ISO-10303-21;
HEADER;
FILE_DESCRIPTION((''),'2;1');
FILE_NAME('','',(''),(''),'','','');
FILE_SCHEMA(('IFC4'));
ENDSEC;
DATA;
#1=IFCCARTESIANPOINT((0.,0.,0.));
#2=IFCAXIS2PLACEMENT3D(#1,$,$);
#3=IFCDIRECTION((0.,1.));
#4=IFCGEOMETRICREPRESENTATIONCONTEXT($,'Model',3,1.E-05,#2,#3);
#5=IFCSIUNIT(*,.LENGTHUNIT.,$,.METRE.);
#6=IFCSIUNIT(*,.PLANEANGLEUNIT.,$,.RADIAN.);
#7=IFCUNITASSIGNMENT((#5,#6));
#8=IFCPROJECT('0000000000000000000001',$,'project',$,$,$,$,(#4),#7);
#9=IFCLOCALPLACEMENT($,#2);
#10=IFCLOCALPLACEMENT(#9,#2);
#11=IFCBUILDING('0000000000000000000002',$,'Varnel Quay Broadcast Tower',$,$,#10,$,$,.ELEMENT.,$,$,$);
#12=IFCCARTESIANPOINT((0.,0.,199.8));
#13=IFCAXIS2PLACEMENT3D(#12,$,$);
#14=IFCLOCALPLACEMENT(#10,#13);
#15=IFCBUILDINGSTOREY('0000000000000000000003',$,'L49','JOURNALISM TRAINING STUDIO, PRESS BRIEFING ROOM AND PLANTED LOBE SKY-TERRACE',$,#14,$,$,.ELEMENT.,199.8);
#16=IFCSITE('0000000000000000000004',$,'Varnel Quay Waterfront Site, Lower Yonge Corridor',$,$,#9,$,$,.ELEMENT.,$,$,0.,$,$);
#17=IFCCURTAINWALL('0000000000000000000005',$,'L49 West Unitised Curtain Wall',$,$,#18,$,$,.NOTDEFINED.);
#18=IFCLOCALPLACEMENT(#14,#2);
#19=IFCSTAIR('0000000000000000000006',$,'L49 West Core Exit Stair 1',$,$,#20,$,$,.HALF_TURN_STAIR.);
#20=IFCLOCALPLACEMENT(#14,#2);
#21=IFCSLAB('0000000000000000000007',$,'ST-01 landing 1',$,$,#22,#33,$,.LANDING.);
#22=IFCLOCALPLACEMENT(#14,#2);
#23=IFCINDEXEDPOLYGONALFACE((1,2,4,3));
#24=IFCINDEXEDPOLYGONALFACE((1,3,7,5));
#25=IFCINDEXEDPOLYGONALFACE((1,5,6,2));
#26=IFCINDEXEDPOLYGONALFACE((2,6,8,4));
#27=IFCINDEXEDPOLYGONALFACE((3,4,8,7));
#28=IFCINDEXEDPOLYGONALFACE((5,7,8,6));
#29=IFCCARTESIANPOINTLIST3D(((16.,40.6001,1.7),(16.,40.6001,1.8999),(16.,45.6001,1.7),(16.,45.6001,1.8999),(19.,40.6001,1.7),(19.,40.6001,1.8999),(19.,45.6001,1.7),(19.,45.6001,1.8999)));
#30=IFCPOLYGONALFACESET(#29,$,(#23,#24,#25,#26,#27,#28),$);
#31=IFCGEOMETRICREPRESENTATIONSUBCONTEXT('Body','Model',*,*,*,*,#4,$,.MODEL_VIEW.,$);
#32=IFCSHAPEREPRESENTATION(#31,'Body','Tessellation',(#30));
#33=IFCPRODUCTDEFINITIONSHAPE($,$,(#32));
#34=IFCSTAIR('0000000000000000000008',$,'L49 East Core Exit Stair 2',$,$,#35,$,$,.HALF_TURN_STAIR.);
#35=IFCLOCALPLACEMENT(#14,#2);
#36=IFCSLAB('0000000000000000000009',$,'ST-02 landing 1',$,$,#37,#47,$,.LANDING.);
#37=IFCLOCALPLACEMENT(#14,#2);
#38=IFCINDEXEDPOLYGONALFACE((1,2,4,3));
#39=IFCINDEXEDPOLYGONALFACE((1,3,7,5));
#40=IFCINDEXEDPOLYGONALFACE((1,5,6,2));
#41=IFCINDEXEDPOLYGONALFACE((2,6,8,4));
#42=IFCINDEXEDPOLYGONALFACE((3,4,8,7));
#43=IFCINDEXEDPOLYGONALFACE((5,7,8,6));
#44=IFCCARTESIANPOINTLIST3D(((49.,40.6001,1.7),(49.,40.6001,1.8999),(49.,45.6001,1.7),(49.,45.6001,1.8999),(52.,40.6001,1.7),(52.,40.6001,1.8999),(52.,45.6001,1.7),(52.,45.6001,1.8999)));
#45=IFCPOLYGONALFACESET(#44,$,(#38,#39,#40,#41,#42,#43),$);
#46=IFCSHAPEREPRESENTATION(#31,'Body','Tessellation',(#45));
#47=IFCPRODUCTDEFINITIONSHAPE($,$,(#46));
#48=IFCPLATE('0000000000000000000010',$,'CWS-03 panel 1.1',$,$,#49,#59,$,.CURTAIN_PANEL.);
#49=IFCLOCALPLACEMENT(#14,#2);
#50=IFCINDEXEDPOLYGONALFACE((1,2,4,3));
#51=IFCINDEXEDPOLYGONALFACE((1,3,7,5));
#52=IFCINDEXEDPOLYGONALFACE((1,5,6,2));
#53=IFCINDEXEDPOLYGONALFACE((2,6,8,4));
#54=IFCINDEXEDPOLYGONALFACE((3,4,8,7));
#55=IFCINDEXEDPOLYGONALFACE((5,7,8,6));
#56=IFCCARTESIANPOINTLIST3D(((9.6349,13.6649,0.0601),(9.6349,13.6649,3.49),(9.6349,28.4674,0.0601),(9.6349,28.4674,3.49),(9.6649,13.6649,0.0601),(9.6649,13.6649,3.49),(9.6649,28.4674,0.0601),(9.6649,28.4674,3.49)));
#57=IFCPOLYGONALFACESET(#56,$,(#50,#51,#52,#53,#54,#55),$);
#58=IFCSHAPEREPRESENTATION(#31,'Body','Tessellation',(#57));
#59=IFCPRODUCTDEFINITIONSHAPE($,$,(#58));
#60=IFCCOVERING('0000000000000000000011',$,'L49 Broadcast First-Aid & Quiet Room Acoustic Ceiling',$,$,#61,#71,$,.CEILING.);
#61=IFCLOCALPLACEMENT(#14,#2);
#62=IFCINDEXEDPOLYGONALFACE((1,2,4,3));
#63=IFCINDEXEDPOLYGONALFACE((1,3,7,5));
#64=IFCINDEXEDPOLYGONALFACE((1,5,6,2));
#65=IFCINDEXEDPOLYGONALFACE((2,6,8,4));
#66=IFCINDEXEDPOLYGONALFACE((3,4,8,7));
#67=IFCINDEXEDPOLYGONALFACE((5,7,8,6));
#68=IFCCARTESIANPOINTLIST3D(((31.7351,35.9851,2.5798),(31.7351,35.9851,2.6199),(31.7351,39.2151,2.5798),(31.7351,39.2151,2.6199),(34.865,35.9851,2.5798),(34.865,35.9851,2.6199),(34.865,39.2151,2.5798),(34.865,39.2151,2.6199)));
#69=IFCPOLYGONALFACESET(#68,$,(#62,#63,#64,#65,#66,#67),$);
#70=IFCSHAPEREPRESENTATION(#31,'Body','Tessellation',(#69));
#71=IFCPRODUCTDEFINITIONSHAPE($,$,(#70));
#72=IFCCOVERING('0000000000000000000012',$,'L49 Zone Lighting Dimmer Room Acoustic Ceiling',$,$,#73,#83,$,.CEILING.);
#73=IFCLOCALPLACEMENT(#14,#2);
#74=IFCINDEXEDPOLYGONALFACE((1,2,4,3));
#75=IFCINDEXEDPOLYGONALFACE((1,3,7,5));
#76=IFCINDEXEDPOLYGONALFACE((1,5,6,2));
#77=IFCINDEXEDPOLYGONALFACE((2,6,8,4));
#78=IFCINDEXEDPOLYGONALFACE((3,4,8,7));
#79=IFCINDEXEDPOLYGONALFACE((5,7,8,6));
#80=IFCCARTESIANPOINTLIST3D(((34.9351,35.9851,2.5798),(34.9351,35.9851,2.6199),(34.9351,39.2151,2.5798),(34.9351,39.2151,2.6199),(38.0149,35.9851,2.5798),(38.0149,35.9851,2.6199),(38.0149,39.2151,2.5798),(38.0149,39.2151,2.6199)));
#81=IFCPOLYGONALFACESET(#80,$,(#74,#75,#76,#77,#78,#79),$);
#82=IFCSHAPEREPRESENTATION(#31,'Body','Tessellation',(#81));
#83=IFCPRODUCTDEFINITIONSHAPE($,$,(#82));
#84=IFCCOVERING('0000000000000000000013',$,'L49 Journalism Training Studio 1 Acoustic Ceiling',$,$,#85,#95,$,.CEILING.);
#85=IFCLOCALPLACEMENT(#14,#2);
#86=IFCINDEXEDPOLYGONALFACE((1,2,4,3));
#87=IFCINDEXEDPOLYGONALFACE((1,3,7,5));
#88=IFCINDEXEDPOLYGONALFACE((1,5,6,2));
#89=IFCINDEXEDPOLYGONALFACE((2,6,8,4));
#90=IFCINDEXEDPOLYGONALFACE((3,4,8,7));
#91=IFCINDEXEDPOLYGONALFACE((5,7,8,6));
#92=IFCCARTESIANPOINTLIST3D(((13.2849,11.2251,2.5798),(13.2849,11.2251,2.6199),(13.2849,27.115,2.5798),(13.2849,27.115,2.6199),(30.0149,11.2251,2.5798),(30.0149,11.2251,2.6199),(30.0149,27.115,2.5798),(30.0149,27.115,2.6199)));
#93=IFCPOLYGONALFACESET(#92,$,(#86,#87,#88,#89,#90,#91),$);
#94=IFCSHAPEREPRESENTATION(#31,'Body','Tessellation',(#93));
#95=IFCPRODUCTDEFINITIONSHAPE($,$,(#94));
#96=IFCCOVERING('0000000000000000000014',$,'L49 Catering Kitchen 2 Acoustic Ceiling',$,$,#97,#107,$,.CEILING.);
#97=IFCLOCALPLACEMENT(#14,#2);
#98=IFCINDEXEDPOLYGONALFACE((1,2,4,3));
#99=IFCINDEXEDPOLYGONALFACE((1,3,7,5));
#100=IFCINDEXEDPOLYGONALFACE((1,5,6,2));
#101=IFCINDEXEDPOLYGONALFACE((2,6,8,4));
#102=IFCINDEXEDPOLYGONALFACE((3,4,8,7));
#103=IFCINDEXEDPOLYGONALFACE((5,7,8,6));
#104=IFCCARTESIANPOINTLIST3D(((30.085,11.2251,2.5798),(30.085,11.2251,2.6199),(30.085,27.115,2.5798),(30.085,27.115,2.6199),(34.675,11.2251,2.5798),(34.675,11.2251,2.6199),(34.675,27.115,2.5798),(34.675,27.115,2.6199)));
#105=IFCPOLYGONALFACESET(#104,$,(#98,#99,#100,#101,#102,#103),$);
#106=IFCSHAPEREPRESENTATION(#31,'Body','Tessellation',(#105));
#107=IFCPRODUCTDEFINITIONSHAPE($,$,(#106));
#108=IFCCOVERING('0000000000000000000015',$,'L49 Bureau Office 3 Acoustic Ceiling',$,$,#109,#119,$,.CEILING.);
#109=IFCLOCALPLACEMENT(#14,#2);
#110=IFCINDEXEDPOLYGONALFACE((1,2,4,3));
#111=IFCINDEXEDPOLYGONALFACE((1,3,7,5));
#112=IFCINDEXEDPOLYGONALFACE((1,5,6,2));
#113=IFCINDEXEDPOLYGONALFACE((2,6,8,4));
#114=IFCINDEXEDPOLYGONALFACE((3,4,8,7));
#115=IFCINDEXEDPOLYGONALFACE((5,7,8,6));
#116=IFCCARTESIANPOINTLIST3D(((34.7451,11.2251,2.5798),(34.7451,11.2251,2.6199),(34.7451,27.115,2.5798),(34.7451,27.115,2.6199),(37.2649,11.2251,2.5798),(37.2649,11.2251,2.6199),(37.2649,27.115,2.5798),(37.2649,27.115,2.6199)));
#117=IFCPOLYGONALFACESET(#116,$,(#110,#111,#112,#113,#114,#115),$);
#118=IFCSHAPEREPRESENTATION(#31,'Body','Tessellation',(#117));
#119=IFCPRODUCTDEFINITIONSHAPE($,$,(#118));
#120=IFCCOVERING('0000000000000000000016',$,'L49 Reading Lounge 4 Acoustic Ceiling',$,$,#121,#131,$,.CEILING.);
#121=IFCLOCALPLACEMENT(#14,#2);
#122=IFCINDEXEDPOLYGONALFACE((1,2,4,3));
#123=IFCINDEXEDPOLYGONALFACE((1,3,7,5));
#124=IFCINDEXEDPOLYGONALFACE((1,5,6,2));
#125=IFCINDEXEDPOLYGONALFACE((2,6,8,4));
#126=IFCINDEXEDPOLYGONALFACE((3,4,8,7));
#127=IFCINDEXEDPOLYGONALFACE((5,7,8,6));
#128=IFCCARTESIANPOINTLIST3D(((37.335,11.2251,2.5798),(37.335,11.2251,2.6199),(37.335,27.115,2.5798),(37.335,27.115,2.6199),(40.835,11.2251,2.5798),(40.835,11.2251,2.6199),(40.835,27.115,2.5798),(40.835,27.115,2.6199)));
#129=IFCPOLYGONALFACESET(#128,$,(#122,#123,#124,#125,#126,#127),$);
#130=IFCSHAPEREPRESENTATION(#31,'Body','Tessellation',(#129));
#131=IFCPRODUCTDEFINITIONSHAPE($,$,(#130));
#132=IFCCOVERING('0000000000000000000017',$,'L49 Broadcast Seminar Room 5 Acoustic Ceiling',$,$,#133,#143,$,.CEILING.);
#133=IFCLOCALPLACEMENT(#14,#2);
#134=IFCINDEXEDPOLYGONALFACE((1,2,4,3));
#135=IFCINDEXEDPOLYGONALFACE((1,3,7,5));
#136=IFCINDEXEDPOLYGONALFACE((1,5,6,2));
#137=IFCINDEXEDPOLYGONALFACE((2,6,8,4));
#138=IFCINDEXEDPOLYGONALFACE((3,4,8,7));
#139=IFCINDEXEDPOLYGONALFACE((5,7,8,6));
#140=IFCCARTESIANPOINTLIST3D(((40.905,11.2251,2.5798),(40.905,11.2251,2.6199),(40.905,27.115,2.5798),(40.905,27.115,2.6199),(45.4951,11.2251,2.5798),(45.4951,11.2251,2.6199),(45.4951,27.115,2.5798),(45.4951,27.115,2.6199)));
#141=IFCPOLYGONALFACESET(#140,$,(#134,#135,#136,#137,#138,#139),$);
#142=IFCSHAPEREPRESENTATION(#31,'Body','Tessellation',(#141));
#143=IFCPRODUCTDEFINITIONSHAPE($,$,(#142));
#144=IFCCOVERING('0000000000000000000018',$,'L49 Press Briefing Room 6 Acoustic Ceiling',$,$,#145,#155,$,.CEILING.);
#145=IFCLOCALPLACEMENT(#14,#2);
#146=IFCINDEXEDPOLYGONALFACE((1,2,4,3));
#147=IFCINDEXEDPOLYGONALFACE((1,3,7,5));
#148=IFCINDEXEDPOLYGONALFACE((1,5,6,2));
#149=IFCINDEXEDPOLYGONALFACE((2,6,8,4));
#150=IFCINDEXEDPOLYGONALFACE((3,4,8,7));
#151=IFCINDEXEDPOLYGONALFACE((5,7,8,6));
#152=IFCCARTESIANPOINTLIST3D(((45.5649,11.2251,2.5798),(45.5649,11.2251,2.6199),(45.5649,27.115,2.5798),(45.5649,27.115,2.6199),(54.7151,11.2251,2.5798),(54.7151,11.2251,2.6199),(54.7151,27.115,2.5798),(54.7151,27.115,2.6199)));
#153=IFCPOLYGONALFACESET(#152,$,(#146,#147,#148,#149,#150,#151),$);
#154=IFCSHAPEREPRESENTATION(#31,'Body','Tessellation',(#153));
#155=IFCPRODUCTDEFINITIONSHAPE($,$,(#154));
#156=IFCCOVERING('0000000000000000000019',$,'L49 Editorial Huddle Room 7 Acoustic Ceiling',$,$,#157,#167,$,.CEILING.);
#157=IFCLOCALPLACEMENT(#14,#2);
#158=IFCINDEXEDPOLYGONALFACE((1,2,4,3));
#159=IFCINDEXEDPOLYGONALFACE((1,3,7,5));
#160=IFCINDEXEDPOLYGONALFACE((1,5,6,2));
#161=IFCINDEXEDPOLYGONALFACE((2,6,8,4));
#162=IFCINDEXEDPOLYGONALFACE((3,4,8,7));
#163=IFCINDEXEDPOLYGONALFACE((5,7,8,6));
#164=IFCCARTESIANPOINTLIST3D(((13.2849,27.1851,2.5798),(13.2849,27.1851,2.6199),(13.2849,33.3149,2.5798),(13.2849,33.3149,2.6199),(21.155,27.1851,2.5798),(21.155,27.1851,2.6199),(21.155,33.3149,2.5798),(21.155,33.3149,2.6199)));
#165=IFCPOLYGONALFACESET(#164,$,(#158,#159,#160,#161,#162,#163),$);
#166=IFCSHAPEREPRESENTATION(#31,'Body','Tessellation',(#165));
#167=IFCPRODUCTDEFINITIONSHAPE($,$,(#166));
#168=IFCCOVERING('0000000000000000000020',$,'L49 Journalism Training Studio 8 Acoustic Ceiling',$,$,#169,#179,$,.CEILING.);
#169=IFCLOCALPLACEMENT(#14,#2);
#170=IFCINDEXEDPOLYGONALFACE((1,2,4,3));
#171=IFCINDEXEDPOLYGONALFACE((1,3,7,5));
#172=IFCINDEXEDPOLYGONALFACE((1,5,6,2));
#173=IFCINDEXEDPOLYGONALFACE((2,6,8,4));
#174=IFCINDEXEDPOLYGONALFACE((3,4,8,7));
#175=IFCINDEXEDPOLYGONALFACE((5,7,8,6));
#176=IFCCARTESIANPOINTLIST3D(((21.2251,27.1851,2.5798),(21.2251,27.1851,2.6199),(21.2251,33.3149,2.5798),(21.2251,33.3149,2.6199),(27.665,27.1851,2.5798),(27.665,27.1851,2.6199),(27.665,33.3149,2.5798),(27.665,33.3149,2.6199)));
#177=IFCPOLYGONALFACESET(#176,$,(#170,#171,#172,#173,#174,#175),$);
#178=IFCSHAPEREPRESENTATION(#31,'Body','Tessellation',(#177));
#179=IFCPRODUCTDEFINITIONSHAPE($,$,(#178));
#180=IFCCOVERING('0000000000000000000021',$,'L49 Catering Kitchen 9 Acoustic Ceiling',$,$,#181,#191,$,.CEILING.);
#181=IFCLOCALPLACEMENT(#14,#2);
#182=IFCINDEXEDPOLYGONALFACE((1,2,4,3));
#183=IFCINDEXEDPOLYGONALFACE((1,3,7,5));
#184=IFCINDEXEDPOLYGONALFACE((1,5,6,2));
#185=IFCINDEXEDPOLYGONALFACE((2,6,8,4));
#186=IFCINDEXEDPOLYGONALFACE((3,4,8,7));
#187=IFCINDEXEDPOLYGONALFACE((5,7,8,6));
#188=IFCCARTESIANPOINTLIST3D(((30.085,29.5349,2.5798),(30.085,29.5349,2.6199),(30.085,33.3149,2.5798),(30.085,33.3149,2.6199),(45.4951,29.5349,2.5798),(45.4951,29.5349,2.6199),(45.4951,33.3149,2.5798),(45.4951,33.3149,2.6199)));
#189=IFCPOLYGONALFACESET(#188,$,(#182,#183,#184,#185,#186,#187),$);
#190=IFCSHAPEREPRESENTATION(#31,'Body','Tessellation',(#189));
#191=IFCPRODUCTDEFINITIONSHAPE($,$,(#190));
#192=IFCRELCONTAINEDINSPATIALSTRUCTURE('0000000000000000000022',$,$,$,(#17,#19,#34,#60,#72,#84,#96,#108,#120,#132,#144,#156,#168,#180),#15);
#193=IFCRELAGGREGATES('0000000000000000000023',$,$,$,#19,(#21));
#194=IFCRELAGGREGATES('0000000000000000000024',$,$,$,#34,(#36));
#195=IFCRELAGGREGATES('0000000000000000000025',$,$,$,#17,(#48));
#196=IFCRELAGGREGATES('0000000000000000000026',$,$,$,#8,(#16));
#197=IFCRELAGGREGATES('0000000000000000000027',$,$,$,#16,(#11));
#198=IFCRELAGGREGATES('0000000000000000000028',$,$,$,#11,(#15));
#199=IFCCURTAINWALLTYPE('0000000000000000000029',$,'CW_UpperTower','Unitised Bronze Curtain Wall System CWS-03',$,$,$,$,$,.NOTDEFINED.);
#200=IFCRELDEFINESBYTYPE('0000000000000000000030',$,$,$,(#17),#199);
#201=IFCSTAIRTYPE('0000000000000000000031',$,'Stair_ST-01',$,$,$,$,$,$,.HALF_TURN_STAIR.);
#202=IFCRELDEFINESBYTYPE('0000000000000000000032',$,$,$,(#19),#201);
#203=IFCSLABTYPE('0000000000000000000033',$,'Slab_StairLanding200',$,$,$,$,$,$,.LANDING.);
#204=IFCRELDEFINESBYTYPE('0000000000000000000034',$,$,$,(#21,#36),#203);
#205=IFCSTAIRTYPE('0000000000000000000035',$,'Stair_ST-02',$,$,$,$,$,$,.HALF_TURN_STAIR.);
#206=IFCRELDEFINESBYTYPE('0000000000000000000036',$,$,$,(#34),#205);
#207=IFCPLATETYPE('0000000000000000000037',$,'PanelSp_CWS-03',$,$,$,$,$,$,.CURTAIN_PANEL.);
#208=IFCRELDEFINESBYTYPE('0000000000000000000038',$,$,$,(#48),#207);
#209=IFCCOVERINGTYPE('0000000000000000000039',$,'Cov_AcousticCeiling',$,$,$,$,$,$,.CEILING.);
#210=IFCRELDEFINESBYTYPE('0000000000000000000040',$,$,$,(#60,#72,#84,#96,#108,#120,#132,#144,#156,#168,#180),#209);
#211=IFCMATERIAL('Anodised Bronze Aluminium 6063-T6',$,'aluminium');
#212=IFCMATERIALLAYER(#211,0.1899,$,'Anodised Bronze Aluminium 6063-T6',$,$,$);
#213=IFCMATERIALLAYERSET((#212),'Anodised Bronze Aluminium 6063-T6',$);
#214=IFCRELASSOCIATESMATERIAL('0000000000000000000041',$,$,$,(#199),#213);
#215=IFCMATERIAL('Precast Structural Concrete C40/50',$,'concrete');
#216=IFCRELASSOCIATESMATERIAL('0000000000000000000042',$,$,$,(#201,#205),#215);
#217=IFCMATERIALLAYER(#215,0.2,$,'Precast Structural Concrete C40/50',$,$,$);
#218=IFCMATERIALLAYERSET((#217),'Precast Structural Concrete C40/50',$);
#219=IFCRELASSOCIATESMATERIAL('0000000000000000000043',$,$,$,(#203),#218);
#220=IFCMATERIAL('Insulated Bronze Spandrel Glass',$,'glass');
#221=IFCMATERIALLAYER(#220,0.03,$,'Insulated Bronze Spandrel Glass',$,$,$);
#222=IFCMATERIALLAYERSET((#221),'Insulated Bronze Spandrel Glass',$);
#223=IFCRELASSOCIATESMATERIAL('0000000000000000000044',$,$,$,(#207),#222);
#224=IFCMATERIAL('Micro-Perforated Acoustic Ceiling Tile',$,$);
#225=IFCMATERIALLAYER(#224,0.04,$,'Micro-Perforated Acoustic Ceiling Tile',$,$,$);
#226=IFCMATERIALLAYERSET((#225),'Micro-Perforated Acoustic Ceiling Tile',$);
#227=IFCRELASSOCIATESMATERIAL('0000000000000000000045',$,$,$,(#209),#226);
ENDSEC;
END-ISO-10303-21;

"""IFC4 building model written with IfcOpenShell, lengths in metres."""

from ifc_helpers import new_model, si_unit, direction, frame, origin, origin_2d, place, context, subcontext, project, spatial, polyline, rectangle, outline, extrude, source, transform, mapped, material, layer, layer_set, type_object, type_shapes, element, aggregate, save


model = new_model("IFC4")

# Units and contexts
model_context = context("Model", 3, precision=1e-05, world=origin(), true_north=direction((0.0, 1.0)))
body_context = subcontext(model_context, "Body", "Model", "MODEL_VIEW")
ifc_project = project(units=[si_unit("LENGTHUNIT", "METRE"), si_unit("PLANEANGLEUNIT", "RADIAN")], contexts=[model_context])

# Site, building, storey
site_placement = place(None, origin())
site = spatial("IfcSite", under=ifc_project, at=site_placement, Name="Varnel Quay Waterfront Site, Lower Yonge Corridor", CompositionType="ELEMENT", RefElevation=0.0)
building_placement = place(site_placement, origin())
building = spatial("IfcBuilding", under=site, at=building_placement, Name="Varnel Quay Broadcast Tower", CompositionType="ELEMENT")
storey_placement = place(building_placement, frame((0.0, 0.0, 199.8)))
storey = spatial("IfcBuildingStorey", under=building, at=storey_placement, Name="L49", Description="JOURNALISM TRAINING STUDIO, PRESS BRIEFING ROOM AND PLANTED LOBE SKY-TERRACE", CompositionType="ELEMENT", Elevation=199.8)

# Shared definitions
ifc_material_1 = material(Name="Anodised Bronze Aluminium 6063-T6", Category="aluminium")

# Curtain wall
ifc_layer_1 = layer(ifc_material_1, 0.1899, Name="Anodised Bronze Aluminium 6063-T6")
ifc_layer_set_1 = layer_set([ifc_layer_1], Name="Anodised Bronze Aluminium 6063-T6")
curtain_wall_type_1 = type_object("IfcCurtainWallType", Name="CW_UpperTower", Description="Unitised Bronze Curtain Wall System CWS-03", PredefinedType="NOTDEFINED", material=ifc_layer_set_1)
curtain_wall_1_placement = place(storey_placement, origin())
curtain_wall_1 = element("IfcCurtainWall", 1, at=curtain_wall_1_placement, inside=storey, type_object=curtain_wall_type_1, Name="L49 West Unitised Curtain Wall", PredefinedType="NOTDEFINED")

# Stairs, slabs
ifc_material_2 = material(Name="Precast Structural Concrete C40/50", Category="concrete")
stair_type_1 = type_object("IfcStairType", Name="Stair_ST-01", PredefinedType="HALF_TURN_STAIR", material=ifc_material_2)
stair_1_placement = place(storey_placement, origin())
stair_1 = element("IfcStair", 2, at=stair_1_placement, inside=storey, type_object=stair_type_1, Name="L49 West Core Exit Stair 1", PredefinedType="HALF_TURN_STAIR")
ifc_layer_2 = layer(ifc_material_2, 0.2, Name="Precast Structural Concrete C40/50")
ifc_layer_set_2 = layer_set([ifc_layer_2], Name="Precast Structural Concrete C40/50")
slab_type_1 = type_object("IfcSlabType", Name="Slab_StairLanding200", PredefinedType="LANDING", material=ifc_layer_set_2)
slab_1_placement = place(storey_placement, frame((0.0, 0.0, 1.7)))
slab_1 = element("IfcSlab", 3, at=slab_1_placement, type_object=slab_type_1, Name="ST-01 landing 1", PredefinedType="LANDING", context=body_context, shape_type="SweptSolid", body=[
    extrude(outline(polyline([(19.0, 40.6001), (19.0, 45.6001), (16.0, 45.6001), (16.0, 40.6001), (19.0, 40.6001)])), origin(), (0.0, 0.0, 1.0), 0.2),
])
aggregate(stair_1, [slab_1])
stair_type_2 = type_object("IfcStairType", Name="Stair_ST-02", PredefinedType="HALF_TURN_STAIR", material=ifc_material_2)
stair_2_placement = place(storey_placement, origin())
stair_2 = element("IfcStair", 4, at=stair_2_placement, inside=storey, type_object=stair_type_2, Name="L49 East Core Exit Stair 2", PredefinedType="HALF_TURN_STAIR")
slab_2_placement = place(storey_placement, frame((0.0, 0.0, 1.7)))
slab_2 = element("IfcSlab", 5, at=slab_2_placement, type_object=slab_type_1, Name="ST-02 landing 1", PredefinedType="LANDING", context=body_context, shape_type="SweptSolid", body=[
    extrude(outline(polyline([(52.0, 40.6001), (52.0, 45.6001), (49.0, 45.6001), (49.0, 40.6001), (52.0, 40.6001)])), origin(), (0.0, 0.0, 1.0), 0.2),
])
aggregate(stair_2, [slab_2])

# Plate
ifc_material_3 = material(Name="Insulated Bronze Spandrel Glass", Category="glass")
ifc_layer_3 = layer(ifc_material_3, 0.03, Name="Insulated Bronze Spandrel Glass")
ifc_layer_set_3 = layer_set([ifc_layer_3], Name="Insulated Bronze Spandrel Glass")
plate_type = type_object("IfcPlateType", Name="PanelSp_CWS-03", PredefinedType="CURTAIN_PANEL", material=ifc_layer_set_3)
shared_shape_1 = source(origin(), body_context, "Body", "SweptSolid", [
    extrude(rectangle(XDim=14.8025, YDim=0.03, at=origin_2d()), origin(), (0.0, 0.0, 1.0), 3.4299),
])
type_shapes(plate_type, [shared_shape_1])
plate_placement = place(storey_placement, frame((9.6499, 21.0662, 0.0601), z_axis=(0.0, 0.0, 1.0), x_axis=(0.0, 1.0, 0.0)))
plate = element("IfcPlate", 6, at=plate_placement, type_object=plate_type, Name="CWS-03 panel 1.1", PredefinedType="CURTAIN_PANEL", context=body_context, shape_type="MappedRepresentation", body=[
    mapped(shared_shape_1, transform((0.0, 0.0, 0.0), x_axis=(1.0, 0.0, 0.0), y_axis=(0.0, 1.0, 0.0), z_axis=(0.0, 0.0, 1.0), scale=1.0)),
])
aggregate(curtain_wall_1, [plate])

# Coverings
ifc_material_4 = material(Name="Micro-Perforated Acoustic Ceiling Tile")
ifc_layer_4 = layer(ifc_material_4, 0.04, Name="Micro-Perforated Acoustic Ceiling Tile")
ifc_layer_set_4 = layer_set([ifc_layer_4], Name="Micro-Perforated Acoustic Ceiling Tile")
covering_type_1 = type_object("IfcCoveringType", Name="Cov_AcousticCeiling", PredefinedType="CEILING", material=ifc_layer_set_4)
covering_1_placement = place(storey_placement, frame((0.0, 0.0, 2.5798)))
element("IfcCovering", 7, at=covering_1_placement, inside=storey, type_object=covering_type_1, Name="L49 Broadcast First-Aid & Quiet Room Acoustic Ceiling", PredefinedType="CEILING", context=body_context, shape_type="SweptSolid", body=[
    extrude(outline(polyline([(31.7351, 35.9851), (34.865, 35.9851), (34.865, 39.2151), (31.7351, 39.2151), (31.7351, 35.9851)])), origin(), (0.0, 0.0, 1.0), 0.04),
])
covering_2_placement = place(storey_placement, frame((0.0, 0.0, 2.5798)))
element("IfcCovering", 8, at=covering_2_placement, inside=storey, type_object=covering_type_1, Name="L49 Zone Lighting Dimmer Room Acoustic Ceiling", PredefinedType="CEILING", context=body_context, shape_type="SweptSolid", body=[
    extrude(outline(polyline([(34.9351, 35.9851), (38.0149, 35.9851), (38.0149, 39.2151), (34.9351, 39.2151), (34.9351, 35.9851)])), origin(), (0.0, 0.0, 1.0), 0.04),
])
covering_3_placement = place(storey_placement, frame((0.0, 0.0, 2.5798)))
element("IfcCovering", 9, at=covering_3_placement, inside=storey, type_object=covering_type_1, Name="L49 Journalism Training Studio 1 Acoustic Ceiling", PredefinedType="CEILING", context=body_context, shape_type="SweptSolid", body=[
    extrude(outline(polyline([(13.2849, 11.2251), (30.0149, 11.2251), (30.0149, 27.115), (13.2849, 27.115), (13.2849, 11.2251)])), origin(), (0.0, 0.0, 1.0), 0.04),
])
covering_4_placement = place(storey_placement, frame((0.0, 0.0, 2.5798)))
element("IfcCovering", 10, at=covering_4_placement, inside=storey, type_object=covering_type_1, Name="L49 Catering Kitchen 2 Acoustic Ceiling", PredefinedType="CEILING", context=body_context, shape_type="SweptSolid", body=[
    extrude(outline(polyline([(30.085, 11.2251), (34.675, 11.2251), (34.675, 27.115), (30.085, 27.115), (30.085, 11.2251)])), origin(), (0.0, 0.0, 1.0), 0.04),
])
covering_5_placement = place(storey_placement, frame((0.0, 0.0, 2.5798)))
element("IfcCovering", 11, at=covering_5_placement, inside=storey, type_object=covering_type_1, Name="L49 Bureau Office 3 Acoustic Ceiling", PredefinedType="CEILING", context=body_context, shape_type="SweptSolid", body=[
    extrude(outline(polyline([(34.7451, 11.2251), (37.2649, 11.2251), (37.2649, 27.115), (34.7451, 27.115), (34.7451, 11.2251)])), origin(), (0.0, 0.0, 1.0), 0.04),
])
covering_6_placement = place(storey_placement, frame((0.0, 0.0, 2.5798)))
element("IfcCovering", 12, at=covering_6_placement, inside=storey, type_object=covering_type_1, Name="L49 Reading Lounge 4 Acoustic Ceiling", PredefinedType="CEILING", context=body_context, shape_type="SweptSolid", body=[
    extrude(outline(polyline([(37.335, 11.2251), (40.835, 11.2251), (40.835, 27.115), (37.335, 27.115), (37.335, 11.2251)])), origin(), (0.0, 0.0, 1.0), 0.04),
])
covering_7_placement = place(storey_placement, frame((0.0, 0.0, 2.5798)))
element("IfcCovering", 13, at=covering_7_placement, inside=storey, type_object=covering_type_1, Name="L49 Broadcast Seminar Room 5 Acoustic Ceiling", PredefinedType="CEILING", context=body_context, shape_type="SweptSolid", body=[
    extrude(outline(polyline([(40.905, 11.2251), (45.4951, 11.2251), (45.4951, 27.115), (40.905, 27.115), (40.905, 11.2251)])), origin(), (0.0, 0.0, 1.0), 0.04),
])
covering_8_placement = place(storey_placement, frame((0.0, 0.0, 2.5798)))
element("IfcCovering", 14, at=covering_8_placement, inside=storey, type_object=covering_type_1, Name="L49 Press Briefing Room 6 Acoustic Ceiling", PredefinedType="CEILING", context=body_context, shape_type="SweptSolid", body=[
    extrude(outline(polyline([(45.5649, 11.2251), (54.7151, 11.2251), (54.7151, 27.115), (45.5649, 27.115), (45.5649, 11.2251)])), origin(), (0.0, 0.0, 1.0), 0.04),
])
covering_9_placement = place(storey_placement, frame((0.0, 0.0, 2.5798)))
element("IfcCovering", 15, at=covering_9_placement, inside=storey, type_object=covering_type_1, Name="L49 Editorial Huddle Room 7 Acoustic Ceiling", PredefinedType="CEILING", context=body_context, shape_type="SweptSolid", body=[
    extrude(outline(polyline([(13.2849, 27.1851), (21.155, 27.1851), (21.155, 33.3149), (13.2849, 33.3149), (13.2849, 27.1851)])), origin(), (0.0, 0.0, 1.0), 0.04),
])
covering_10_placement = place(storey_placement, frame((0.0, 0.0, 2.5798)))
element("IfcCovering", 16, at=covering_10_placement, inside=storey, type_object=covering_type_1, Name="L49 Journalism Training Studio 8 Acoustic Ceiling", PredefinedType="CEILING", context=body_context, shape_type="SweptSolid", body=[
    extrude(outline(polyline([(21.2251, 27.1851), (27.665, 27.1851), (27.665, 33.3149), (21.2251, 33.3149), (21.2251, 27.1851)])), origin(), (0.0, 0.0, 1.0), 0.04),
])
covering_11_placement = place(storey_placement, frame((0.0, 0.0, 2.5798)))
element("IfcCovering", 17, at=covering_11_placement, inside=storey, type_object=covering_type_1, Name="L49 Catering Kitchen 9 Acoustic Ceiling", PredefinedType="CEILING", context=body_context, shape_type="SweptSolid", body=[
    extrude(outline(polyline([(30.085, 29.5349), (45.4951, 29.5349), (45.4951, 33.3149), (30.085, 33.3149), (30.085, 29.5349)])), origin(), (0.0, 0.0, 1.0), 0.04),
])

save(model, "model.ifc")
